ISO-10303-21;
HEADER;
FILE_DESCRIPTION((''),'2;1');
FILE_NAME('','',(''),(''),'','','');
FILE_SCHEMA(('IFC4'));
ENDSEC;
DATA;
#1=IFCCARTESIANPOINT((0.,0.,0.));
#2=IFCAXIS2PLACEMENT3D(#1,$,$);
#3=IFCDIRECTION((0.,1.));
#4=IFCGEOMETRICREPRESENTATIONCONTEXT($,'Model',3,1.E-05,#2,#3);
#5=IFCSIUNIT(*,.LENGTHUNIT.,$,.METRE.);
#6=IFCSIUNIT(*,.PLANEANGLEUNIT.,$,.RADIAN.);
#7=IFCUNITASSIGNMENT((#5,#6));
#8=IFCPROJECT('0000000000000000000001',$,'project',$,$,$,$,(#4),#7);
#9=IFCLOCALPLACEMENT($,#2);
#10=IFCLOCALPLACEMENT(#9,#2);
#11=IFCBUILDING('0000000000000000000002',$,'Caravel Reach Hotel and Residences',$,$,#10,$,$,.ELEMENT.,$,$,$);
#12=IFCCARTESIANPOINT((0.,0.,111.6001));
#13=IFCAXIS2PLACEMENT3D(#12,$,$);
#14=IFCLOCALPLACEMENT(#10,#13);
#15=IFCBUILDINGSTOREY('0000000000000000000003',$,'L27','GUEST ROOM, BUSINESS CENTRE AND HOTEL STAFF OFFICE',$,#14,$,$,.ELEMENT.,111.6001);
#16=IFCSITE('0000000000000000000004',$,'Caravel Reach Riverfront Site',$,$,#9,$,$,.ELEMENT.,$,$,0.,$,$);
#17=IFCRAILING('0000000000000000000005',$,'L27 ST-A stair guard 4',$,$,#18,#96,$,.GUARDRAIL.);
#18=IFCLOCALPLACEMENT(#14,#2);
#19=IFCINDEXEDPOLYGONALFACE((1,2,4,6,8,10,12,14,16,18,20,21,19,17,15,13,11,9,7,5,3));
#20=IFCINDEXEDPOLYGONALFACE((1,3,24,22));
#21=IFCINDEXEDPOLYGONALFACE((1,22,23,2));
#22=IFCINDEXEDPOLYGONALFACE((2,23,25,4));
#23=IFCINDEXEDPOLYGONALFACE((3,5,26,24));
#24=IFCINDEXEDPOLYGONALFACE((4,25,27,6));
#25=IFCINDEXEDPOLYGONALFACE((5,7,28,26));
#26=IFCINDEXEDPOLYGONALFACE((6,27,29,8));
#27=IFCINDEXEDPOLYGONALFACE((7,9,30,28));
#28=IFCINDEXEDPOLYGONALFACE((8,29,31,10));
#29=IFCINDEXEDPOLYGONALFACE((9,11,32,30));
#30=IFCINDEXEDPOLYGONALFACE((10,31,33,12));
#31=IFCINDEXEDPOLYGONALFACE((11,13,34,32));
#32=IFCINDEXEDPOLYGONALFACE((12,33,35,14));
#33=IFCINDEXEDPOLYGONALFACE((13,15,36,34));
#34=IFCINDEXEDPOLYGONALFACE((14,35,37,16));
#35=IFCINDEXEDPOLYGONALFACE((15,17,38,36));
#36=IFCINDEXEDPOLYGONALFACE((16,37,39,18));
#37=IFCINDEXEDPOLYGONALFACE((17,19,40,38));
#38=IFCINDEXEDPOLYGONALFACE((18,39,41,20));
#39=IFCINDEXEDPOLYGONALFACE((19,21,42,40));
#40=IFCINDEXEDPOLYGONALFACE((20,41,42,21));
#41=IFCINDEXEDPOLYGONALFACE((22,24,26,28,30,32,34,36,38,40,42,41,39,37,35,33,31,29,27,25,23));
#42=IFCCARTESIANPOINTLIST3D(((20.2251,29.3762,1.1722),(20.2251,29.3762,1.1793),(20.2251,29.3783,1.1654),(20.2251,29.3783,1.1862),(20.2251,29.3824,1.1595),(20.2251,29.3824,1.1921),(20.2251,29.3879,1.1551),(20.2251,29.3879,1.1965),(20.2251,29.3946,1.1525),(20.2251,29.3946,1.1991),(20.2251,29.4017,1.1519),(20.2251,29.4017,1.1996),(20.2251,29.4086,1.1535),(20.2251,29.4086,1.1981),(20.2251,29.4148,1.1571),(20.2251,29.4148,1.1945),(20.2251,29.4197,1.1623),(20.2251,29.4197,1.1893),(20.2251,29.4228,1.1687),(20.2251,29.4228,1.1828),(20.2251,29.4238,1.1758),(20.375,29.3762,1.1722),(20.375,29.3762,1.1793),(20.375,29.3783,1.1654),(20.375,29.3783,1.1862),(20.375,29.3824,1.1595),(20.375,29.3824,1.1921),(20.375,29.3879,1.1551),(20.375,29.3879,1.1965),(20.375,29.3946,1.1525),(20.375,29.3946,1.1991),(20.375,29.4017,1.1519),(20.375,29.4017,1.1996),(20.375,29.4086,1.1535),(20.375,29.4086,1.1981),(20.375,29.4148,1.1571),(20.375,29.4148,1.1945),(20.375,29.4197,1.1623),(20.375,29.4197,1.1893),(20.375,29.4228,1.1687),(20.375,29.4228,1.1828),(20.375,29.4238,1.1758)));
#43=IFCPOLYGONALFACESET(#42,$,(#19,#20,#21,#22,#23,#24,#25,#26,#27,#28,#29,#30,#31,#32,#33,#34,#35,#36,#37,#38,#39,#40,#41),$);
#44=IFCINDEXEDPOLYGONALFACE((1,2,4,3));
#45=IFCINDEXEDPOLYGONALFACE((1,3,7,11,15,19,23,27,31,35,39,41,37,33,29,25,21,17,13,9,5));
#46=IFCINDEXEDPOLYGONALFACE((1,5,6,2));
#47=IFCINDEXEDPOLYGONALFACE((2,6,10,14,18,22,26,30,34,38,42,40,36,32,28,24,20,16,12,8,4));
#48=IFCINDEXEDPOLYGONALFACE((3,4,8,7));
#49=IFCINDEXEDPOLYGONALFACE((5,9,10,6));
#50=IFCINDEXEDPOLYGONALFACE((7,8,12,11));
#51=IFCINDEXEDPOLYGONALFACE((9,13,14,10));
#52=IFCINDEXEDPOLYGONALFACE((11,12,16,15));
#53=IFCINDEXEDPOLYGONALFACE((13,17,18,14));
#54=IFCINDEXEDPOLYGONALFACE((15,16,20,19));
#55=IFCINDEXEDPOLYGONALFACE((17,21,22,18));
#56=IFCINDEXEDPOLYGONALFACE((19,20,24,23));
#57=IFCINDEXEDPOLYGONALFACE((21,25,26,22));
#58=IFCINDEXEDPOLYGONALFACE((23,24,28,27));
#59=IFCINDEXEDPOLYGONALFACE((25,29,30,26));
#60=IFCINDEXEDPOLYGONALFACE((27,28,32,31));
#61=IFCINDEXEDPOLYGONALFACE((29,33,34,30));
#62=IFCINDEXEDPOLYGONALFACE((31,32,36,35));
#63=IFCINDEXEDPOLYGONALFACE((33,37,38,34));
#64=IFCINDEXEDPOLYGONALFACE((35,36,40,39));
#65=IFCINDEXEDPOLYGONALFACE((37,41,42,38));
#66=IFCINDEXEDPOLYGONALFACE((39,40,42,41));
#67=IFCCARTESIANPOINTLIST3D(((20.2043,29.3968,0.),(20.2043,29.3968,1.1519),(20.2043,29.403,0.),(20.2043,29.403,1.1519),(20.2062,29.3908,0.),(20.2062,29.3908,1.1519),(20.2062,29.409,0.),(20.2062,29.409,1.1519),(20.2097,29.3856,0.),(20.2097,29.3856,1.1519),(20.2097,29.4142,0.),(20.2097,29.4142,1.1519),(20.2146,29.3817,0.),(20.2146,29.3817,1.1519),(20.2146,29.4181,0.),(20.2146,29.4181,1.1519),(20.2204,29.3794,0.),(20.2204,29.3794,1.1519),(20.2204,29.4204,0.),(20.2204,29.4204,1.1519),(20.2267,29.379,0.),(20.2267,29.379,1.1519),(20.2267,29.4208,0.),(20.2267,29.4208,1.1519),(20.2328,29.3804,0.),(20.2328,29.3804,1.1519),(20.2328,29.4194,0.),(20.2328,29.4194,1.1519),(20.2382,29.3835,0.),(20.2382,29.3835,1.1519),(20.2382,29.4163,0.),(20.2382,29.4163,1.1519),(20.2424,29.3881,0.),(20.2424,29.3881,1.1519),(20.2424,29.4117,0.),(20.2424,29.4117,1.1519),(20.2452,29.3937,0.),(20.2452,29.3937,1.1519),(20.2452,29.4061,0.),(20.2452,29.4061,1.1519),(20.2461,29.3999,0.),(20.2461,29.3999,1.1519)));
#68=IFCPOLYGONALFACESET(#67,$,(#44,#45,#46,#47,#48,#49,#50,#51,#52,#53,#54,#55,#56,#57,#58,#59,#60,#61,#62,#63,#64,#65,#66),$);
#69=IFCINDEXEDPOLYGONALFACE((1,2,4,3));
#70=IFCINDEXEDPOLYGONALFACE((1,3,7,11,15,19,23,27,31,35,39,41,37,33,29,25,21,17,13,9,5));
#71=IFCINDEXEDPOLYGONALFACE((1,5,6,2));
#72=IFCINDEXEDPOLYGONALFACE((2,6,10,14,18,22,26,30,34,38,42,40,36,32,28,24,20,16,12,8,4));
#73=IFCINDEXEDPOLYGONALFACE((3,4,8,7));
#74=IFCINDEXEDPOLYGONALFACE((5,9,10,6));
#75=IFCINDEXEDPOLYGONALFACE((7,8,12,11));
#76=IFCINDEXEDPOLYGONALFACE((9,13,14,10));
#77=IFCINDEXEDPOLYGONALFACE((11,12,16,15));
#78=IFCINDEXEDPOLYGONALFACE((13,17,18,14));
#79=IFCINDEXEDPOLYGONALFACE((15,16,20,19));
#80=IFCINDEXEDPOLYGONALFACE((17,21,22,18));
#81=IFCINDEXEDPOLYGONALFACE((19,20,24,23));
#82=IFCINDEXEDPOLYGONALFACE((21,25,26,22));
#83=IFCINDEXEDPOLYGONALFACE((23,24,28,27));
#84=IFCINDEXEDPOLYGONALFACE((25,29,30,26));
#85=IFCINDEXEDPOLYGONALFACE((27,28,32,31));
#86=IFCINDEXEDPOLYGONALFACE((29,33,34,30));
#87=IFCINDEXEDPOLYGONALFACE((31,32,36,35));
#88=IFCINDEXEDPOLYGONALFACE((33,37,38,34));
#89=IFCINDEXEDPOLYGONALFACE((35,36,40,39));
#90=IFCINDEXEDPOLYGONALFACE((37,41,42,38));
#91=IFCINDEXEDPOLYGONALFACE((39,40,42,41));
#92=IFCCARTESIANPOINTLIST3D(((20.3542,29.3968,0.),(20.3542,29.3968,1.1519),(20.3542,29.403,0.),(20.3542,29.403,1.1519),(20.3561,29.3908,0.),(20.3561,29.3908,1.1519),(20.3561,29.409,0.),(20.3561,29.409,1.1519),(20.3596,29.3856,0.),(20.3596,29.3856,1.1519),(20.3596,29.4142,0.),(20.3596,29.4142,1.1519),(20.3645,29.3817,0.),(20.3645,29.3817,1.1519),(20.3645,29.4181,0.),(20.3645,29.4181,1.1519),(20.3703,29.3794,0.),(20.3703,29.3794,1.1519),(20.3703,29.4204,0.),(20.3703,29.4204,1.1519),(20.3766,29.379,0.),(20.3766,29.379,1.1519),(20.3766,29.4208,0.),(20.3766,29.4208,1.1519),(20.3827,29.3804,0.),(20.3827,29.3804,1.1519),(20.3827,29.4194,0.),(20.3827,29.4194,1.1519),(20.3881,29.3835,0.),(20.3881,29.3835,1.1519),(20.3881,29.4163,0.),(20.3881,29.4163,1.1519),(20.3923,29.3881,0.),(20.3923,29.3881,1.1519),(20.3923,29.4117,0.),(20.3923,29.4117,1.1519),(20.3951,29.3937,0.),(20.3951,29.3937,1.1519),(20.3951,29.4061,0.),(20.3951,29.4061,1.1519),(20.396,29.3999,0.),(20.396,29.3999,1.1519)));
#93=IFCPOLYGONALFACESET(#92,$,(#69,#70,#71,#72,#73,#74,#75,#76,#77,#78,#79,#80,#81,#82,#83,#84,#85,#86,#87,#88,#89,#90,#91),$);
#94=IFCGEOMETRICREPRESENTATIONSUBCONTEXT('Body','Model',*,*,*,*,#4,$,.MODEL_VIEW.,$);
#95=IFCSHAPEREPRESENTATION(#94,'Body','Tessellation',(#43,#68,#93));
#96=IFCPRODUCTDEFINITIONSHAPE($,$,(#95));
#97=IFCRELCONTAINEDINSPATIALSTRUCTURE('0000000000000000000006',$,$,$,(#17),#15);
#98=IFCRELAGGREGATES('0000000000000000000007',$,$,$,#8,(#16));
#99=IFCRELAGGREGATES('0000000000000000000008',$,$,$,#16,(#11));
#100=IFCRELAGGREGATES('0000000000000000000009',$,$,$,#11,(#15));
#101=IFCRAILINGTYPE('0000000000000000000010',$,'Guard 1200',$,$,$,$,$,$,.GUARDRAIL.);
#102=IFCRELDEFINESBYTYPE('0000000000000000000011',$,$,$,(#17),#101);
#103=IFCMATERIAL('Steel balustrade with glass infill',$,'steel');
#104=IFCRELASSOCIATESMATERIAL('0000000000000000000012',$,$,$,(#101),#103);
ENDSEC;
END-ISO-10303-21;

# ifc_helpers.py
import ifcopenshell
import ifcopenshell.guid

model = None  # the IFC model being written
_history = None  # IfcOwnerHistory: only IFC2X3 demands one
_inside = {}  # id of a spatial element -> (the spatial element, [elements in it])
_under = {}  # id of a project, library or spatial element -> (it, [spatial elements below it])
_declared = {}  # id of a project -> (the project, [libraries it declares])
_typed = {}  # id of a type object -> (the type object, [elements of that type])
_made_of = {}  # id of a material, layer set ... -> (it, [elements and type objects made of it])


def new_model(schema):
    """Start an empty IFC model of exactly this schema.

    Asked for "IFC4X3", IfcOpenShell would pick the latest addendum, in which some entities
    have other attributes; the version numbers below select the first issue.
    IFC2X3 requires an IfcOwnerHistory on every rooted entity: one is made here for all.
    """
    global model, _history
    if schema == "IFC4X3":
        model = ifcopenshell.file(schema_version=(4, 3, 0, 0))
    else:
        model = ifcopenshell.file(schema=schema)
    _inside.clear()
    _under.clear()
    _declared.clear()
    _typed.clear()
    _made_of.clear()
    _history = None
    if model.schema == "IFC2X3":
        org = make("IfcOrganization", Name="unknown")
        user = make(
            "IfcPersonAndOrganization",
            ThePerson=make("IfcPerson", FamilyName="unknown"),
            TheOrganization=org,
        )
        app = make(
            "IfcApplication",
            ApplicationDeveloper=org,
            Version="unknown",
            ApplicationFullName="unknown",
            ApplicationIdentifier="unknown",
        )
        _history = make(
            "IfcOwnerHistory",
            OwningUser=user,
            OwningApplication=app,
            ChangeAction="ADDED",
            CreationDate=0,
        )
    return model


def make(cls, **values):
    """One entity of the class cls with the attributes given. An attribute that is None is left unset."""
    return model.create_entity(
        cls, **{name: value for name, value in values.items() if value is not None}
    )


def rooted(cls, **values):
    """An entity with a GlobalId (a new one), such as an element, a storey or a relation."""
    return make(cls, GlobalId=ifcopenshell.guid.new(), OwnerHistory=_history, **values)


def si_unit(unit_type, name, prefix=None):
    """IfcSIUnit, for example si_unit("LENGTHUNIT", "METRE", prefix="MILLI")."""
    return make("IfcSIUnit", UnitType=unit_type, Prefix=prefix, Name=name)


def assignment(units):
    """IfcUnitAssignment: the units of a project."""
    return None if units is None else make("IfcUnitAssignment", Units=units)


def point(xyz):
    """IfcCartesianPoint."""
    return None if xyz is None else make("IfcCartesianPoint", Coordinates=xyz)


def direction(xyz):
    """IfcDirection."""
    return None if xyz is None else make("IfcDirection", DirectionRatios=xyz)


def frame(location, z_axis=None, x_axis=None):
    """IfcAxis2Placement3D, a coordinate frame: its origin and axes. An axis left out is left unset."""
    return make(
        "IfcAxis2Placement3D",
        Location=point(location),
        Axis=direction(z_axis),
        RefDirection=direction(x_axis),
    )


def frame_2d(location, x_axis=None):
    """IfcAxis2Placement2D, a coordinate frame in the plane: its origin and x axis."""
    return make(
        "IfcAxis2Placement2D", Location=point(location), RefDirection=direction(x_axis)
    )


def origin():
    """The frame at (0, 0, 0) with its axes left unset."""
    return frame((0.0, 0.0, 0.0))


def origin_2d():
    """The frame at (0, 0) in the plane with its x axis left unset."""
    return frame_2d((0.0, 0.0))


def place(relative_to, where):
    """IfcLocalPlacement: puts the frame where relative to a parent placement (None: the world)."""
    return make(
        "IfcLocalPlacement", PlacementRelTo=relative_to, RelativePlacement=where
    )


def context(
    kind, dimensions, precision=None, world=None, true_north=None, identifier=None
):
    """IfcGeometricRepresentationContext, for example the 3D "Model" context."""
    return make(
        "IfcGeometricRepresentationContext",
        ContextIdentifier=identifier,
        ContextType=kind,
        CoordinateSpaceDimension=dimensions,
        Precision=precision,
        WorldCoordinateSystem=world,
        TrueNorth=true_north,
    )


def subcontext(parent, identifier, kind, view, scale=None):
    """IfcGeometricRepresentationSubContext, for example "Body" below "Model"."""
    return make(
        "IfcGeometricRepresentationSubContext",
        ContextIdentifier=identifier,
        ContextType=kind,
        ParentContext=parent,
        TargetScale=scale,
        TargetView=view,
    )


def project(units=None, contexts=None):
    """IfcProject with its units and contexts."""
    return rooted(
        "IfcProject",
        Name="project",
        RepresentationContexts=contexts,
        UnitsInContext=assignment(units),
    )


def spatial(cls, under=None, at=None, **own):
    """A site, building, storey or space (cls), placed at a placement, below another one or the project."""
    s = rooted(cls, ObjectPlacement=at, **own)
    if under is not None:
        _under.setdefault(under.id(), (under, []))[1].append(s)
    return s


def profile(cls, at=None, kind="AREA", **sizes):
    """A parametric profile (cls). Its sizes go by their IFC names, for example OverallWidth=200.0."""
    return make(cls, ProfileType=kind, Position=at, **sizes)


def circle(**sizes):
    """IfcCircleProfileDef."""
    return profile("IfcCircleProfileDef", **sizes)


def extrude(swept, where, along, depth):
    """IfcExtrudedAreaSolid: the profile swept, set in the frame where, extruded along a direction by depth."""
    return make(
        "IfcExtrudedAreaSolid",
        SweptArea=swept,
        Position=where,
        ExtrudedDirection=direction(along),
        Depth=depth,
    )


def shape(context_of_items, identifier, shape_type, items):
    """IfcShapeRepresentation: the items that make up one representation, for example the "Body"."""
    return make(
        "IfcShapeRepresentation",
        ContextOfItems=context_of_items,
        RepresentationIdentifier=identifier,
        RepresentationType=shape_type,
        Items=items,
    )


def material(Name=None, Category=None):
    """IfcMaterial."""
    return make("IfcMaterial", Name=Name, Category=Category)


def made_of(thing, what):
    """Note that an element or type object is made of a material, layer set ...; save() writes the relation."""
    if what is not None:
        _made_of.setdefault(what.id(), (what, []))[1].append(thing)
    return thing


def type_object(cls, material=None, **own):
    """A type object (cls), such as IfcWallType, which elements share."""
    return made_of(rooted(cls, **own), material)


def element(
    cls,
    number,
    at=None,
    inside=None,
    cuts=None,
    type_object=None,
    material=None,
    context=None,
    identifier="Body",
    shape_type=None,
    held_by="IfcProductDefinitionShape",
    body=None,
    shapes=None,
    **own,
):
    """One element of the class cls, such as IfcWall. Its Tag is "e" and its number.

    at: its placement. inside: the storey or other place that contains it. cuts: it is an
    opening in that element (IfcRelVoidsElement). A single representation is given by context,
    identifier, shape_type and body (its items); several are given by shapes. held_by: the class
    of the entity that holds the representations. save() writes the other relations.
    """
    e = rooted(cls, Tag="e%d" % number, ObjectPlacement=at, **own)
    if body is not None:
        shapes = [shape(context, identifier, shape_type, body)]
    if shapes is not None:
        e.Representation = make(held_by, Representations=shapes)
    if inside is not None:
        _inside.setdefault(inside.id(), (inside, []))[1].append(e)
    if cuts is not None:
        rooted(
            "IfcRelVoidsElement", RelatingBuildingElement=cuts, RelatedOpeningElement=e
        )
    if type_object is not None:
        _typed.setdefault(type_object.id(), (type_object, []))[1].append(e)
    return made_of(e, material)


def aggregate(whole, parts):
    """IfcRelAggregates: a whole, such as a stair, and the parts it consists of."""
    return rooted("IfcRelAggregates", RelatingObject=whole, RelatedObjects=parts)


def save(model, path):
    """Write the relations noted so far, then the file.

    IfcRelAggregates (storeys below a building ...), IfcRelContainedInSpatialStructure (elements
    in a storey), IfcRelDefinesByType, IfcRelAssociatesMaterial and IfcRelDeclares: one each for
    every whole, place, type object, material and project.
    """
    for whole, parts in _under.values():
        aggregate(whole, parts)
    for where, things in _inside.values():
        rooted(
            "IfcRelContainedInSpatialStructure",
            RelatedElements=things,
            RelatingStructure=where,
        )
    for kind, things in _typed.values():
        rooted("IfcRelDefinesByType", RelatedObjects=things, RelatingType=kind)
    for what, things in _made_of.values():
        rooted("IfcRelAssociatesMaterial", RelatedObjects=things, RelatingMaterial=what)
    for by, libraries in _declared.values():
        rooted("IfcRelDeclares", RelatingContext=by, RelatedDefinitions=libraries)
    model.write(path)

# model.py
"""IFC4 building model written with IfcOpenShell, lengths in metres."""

from ifc_helpers import new_model, si_unit, direction, frame, origin, origin_2d, place, context, subcontext, project, spatial, circle, extrude, material, type_object, element, save


model = new_model("IFC4")

# Units and contexts
model_context = context("Model", 3, precision=1e-05, world=origin(), true_north=direction((0.0, 1.0)))
body_context = subcontext(model_context, "Body", "Model", "MODEL_VIEW")
ifc_project = project(units=[si_unit("LENGTHUNIT", "METRE"), si_unit("PLANEANGLEUNIT", "RADIAN")], contexts=[model_context])

# Site, building, storey
site_placement = place(None, origin())
site = spatial("IfcSite", under=ifc_project, at=site_placement, Name="Caravel Reach Riverfront Site", CompositionType="ELEMENT", RefElevation=0.0)
building_placement = place(site_placement, origin())
building = spatial("IfcBuilding", under=site, at=building_placement, Name="Caravel Reach Hotel and Residences", CompositionType="ELEMENT")
storey_placement = place(building_placement, frame((0.0, 0.0, 111.6001)))
storey = spatial("IfcBuildingStorey", under=building, at=storey_placement, Name="L27", Description="GUEST ROOM, BUSINESS CENTRE AND HOTEL STAFF OFFICE", CompositionType="ELEMENT", Elevation=111.6001)

# Railing
ifc_material_1 = material(Name="Steel balustrade with glass infill", Category="steel")
railing_type_1 = type_object("IfcRailingType", Name="Guard 1200", PredefinedType="GUARDRAIL", material=ifc_material_1)
railing_1_placement = place(storey_placement, frame((20.2251, 29.3999, 0.0)))
element("IfcRailing", 1, at=railing_1_placement, inside=storey, type_object=railing_type_1, Name="L27 ST-A stair guard 4", PredefinedType="GUARDRAIL", context=body_context, shape_type="SweptSolid", body=[
    extrude(circle(Radius=0.0239, at=origin_2d()), frame((0.0, 0.0, 1.1758), z_axis=(1.0, 0.0, 0.0), x_axis=(0.0, 1.0, 0.0)), (0.0, 0.0, 1.0), 0.1499),
    extrude(circle(Radius=0.021, at=origin_2d()), origin(), (0.0, 0.0, 1.0), 1.1519),
    extrude(circle(Radius=0.021, at=origin_2d()), frame((0.1499, 0.0, 0.0)), (0.0, 0.0, 1.0), 1.1519),
])

save(model, "model.ifc")
